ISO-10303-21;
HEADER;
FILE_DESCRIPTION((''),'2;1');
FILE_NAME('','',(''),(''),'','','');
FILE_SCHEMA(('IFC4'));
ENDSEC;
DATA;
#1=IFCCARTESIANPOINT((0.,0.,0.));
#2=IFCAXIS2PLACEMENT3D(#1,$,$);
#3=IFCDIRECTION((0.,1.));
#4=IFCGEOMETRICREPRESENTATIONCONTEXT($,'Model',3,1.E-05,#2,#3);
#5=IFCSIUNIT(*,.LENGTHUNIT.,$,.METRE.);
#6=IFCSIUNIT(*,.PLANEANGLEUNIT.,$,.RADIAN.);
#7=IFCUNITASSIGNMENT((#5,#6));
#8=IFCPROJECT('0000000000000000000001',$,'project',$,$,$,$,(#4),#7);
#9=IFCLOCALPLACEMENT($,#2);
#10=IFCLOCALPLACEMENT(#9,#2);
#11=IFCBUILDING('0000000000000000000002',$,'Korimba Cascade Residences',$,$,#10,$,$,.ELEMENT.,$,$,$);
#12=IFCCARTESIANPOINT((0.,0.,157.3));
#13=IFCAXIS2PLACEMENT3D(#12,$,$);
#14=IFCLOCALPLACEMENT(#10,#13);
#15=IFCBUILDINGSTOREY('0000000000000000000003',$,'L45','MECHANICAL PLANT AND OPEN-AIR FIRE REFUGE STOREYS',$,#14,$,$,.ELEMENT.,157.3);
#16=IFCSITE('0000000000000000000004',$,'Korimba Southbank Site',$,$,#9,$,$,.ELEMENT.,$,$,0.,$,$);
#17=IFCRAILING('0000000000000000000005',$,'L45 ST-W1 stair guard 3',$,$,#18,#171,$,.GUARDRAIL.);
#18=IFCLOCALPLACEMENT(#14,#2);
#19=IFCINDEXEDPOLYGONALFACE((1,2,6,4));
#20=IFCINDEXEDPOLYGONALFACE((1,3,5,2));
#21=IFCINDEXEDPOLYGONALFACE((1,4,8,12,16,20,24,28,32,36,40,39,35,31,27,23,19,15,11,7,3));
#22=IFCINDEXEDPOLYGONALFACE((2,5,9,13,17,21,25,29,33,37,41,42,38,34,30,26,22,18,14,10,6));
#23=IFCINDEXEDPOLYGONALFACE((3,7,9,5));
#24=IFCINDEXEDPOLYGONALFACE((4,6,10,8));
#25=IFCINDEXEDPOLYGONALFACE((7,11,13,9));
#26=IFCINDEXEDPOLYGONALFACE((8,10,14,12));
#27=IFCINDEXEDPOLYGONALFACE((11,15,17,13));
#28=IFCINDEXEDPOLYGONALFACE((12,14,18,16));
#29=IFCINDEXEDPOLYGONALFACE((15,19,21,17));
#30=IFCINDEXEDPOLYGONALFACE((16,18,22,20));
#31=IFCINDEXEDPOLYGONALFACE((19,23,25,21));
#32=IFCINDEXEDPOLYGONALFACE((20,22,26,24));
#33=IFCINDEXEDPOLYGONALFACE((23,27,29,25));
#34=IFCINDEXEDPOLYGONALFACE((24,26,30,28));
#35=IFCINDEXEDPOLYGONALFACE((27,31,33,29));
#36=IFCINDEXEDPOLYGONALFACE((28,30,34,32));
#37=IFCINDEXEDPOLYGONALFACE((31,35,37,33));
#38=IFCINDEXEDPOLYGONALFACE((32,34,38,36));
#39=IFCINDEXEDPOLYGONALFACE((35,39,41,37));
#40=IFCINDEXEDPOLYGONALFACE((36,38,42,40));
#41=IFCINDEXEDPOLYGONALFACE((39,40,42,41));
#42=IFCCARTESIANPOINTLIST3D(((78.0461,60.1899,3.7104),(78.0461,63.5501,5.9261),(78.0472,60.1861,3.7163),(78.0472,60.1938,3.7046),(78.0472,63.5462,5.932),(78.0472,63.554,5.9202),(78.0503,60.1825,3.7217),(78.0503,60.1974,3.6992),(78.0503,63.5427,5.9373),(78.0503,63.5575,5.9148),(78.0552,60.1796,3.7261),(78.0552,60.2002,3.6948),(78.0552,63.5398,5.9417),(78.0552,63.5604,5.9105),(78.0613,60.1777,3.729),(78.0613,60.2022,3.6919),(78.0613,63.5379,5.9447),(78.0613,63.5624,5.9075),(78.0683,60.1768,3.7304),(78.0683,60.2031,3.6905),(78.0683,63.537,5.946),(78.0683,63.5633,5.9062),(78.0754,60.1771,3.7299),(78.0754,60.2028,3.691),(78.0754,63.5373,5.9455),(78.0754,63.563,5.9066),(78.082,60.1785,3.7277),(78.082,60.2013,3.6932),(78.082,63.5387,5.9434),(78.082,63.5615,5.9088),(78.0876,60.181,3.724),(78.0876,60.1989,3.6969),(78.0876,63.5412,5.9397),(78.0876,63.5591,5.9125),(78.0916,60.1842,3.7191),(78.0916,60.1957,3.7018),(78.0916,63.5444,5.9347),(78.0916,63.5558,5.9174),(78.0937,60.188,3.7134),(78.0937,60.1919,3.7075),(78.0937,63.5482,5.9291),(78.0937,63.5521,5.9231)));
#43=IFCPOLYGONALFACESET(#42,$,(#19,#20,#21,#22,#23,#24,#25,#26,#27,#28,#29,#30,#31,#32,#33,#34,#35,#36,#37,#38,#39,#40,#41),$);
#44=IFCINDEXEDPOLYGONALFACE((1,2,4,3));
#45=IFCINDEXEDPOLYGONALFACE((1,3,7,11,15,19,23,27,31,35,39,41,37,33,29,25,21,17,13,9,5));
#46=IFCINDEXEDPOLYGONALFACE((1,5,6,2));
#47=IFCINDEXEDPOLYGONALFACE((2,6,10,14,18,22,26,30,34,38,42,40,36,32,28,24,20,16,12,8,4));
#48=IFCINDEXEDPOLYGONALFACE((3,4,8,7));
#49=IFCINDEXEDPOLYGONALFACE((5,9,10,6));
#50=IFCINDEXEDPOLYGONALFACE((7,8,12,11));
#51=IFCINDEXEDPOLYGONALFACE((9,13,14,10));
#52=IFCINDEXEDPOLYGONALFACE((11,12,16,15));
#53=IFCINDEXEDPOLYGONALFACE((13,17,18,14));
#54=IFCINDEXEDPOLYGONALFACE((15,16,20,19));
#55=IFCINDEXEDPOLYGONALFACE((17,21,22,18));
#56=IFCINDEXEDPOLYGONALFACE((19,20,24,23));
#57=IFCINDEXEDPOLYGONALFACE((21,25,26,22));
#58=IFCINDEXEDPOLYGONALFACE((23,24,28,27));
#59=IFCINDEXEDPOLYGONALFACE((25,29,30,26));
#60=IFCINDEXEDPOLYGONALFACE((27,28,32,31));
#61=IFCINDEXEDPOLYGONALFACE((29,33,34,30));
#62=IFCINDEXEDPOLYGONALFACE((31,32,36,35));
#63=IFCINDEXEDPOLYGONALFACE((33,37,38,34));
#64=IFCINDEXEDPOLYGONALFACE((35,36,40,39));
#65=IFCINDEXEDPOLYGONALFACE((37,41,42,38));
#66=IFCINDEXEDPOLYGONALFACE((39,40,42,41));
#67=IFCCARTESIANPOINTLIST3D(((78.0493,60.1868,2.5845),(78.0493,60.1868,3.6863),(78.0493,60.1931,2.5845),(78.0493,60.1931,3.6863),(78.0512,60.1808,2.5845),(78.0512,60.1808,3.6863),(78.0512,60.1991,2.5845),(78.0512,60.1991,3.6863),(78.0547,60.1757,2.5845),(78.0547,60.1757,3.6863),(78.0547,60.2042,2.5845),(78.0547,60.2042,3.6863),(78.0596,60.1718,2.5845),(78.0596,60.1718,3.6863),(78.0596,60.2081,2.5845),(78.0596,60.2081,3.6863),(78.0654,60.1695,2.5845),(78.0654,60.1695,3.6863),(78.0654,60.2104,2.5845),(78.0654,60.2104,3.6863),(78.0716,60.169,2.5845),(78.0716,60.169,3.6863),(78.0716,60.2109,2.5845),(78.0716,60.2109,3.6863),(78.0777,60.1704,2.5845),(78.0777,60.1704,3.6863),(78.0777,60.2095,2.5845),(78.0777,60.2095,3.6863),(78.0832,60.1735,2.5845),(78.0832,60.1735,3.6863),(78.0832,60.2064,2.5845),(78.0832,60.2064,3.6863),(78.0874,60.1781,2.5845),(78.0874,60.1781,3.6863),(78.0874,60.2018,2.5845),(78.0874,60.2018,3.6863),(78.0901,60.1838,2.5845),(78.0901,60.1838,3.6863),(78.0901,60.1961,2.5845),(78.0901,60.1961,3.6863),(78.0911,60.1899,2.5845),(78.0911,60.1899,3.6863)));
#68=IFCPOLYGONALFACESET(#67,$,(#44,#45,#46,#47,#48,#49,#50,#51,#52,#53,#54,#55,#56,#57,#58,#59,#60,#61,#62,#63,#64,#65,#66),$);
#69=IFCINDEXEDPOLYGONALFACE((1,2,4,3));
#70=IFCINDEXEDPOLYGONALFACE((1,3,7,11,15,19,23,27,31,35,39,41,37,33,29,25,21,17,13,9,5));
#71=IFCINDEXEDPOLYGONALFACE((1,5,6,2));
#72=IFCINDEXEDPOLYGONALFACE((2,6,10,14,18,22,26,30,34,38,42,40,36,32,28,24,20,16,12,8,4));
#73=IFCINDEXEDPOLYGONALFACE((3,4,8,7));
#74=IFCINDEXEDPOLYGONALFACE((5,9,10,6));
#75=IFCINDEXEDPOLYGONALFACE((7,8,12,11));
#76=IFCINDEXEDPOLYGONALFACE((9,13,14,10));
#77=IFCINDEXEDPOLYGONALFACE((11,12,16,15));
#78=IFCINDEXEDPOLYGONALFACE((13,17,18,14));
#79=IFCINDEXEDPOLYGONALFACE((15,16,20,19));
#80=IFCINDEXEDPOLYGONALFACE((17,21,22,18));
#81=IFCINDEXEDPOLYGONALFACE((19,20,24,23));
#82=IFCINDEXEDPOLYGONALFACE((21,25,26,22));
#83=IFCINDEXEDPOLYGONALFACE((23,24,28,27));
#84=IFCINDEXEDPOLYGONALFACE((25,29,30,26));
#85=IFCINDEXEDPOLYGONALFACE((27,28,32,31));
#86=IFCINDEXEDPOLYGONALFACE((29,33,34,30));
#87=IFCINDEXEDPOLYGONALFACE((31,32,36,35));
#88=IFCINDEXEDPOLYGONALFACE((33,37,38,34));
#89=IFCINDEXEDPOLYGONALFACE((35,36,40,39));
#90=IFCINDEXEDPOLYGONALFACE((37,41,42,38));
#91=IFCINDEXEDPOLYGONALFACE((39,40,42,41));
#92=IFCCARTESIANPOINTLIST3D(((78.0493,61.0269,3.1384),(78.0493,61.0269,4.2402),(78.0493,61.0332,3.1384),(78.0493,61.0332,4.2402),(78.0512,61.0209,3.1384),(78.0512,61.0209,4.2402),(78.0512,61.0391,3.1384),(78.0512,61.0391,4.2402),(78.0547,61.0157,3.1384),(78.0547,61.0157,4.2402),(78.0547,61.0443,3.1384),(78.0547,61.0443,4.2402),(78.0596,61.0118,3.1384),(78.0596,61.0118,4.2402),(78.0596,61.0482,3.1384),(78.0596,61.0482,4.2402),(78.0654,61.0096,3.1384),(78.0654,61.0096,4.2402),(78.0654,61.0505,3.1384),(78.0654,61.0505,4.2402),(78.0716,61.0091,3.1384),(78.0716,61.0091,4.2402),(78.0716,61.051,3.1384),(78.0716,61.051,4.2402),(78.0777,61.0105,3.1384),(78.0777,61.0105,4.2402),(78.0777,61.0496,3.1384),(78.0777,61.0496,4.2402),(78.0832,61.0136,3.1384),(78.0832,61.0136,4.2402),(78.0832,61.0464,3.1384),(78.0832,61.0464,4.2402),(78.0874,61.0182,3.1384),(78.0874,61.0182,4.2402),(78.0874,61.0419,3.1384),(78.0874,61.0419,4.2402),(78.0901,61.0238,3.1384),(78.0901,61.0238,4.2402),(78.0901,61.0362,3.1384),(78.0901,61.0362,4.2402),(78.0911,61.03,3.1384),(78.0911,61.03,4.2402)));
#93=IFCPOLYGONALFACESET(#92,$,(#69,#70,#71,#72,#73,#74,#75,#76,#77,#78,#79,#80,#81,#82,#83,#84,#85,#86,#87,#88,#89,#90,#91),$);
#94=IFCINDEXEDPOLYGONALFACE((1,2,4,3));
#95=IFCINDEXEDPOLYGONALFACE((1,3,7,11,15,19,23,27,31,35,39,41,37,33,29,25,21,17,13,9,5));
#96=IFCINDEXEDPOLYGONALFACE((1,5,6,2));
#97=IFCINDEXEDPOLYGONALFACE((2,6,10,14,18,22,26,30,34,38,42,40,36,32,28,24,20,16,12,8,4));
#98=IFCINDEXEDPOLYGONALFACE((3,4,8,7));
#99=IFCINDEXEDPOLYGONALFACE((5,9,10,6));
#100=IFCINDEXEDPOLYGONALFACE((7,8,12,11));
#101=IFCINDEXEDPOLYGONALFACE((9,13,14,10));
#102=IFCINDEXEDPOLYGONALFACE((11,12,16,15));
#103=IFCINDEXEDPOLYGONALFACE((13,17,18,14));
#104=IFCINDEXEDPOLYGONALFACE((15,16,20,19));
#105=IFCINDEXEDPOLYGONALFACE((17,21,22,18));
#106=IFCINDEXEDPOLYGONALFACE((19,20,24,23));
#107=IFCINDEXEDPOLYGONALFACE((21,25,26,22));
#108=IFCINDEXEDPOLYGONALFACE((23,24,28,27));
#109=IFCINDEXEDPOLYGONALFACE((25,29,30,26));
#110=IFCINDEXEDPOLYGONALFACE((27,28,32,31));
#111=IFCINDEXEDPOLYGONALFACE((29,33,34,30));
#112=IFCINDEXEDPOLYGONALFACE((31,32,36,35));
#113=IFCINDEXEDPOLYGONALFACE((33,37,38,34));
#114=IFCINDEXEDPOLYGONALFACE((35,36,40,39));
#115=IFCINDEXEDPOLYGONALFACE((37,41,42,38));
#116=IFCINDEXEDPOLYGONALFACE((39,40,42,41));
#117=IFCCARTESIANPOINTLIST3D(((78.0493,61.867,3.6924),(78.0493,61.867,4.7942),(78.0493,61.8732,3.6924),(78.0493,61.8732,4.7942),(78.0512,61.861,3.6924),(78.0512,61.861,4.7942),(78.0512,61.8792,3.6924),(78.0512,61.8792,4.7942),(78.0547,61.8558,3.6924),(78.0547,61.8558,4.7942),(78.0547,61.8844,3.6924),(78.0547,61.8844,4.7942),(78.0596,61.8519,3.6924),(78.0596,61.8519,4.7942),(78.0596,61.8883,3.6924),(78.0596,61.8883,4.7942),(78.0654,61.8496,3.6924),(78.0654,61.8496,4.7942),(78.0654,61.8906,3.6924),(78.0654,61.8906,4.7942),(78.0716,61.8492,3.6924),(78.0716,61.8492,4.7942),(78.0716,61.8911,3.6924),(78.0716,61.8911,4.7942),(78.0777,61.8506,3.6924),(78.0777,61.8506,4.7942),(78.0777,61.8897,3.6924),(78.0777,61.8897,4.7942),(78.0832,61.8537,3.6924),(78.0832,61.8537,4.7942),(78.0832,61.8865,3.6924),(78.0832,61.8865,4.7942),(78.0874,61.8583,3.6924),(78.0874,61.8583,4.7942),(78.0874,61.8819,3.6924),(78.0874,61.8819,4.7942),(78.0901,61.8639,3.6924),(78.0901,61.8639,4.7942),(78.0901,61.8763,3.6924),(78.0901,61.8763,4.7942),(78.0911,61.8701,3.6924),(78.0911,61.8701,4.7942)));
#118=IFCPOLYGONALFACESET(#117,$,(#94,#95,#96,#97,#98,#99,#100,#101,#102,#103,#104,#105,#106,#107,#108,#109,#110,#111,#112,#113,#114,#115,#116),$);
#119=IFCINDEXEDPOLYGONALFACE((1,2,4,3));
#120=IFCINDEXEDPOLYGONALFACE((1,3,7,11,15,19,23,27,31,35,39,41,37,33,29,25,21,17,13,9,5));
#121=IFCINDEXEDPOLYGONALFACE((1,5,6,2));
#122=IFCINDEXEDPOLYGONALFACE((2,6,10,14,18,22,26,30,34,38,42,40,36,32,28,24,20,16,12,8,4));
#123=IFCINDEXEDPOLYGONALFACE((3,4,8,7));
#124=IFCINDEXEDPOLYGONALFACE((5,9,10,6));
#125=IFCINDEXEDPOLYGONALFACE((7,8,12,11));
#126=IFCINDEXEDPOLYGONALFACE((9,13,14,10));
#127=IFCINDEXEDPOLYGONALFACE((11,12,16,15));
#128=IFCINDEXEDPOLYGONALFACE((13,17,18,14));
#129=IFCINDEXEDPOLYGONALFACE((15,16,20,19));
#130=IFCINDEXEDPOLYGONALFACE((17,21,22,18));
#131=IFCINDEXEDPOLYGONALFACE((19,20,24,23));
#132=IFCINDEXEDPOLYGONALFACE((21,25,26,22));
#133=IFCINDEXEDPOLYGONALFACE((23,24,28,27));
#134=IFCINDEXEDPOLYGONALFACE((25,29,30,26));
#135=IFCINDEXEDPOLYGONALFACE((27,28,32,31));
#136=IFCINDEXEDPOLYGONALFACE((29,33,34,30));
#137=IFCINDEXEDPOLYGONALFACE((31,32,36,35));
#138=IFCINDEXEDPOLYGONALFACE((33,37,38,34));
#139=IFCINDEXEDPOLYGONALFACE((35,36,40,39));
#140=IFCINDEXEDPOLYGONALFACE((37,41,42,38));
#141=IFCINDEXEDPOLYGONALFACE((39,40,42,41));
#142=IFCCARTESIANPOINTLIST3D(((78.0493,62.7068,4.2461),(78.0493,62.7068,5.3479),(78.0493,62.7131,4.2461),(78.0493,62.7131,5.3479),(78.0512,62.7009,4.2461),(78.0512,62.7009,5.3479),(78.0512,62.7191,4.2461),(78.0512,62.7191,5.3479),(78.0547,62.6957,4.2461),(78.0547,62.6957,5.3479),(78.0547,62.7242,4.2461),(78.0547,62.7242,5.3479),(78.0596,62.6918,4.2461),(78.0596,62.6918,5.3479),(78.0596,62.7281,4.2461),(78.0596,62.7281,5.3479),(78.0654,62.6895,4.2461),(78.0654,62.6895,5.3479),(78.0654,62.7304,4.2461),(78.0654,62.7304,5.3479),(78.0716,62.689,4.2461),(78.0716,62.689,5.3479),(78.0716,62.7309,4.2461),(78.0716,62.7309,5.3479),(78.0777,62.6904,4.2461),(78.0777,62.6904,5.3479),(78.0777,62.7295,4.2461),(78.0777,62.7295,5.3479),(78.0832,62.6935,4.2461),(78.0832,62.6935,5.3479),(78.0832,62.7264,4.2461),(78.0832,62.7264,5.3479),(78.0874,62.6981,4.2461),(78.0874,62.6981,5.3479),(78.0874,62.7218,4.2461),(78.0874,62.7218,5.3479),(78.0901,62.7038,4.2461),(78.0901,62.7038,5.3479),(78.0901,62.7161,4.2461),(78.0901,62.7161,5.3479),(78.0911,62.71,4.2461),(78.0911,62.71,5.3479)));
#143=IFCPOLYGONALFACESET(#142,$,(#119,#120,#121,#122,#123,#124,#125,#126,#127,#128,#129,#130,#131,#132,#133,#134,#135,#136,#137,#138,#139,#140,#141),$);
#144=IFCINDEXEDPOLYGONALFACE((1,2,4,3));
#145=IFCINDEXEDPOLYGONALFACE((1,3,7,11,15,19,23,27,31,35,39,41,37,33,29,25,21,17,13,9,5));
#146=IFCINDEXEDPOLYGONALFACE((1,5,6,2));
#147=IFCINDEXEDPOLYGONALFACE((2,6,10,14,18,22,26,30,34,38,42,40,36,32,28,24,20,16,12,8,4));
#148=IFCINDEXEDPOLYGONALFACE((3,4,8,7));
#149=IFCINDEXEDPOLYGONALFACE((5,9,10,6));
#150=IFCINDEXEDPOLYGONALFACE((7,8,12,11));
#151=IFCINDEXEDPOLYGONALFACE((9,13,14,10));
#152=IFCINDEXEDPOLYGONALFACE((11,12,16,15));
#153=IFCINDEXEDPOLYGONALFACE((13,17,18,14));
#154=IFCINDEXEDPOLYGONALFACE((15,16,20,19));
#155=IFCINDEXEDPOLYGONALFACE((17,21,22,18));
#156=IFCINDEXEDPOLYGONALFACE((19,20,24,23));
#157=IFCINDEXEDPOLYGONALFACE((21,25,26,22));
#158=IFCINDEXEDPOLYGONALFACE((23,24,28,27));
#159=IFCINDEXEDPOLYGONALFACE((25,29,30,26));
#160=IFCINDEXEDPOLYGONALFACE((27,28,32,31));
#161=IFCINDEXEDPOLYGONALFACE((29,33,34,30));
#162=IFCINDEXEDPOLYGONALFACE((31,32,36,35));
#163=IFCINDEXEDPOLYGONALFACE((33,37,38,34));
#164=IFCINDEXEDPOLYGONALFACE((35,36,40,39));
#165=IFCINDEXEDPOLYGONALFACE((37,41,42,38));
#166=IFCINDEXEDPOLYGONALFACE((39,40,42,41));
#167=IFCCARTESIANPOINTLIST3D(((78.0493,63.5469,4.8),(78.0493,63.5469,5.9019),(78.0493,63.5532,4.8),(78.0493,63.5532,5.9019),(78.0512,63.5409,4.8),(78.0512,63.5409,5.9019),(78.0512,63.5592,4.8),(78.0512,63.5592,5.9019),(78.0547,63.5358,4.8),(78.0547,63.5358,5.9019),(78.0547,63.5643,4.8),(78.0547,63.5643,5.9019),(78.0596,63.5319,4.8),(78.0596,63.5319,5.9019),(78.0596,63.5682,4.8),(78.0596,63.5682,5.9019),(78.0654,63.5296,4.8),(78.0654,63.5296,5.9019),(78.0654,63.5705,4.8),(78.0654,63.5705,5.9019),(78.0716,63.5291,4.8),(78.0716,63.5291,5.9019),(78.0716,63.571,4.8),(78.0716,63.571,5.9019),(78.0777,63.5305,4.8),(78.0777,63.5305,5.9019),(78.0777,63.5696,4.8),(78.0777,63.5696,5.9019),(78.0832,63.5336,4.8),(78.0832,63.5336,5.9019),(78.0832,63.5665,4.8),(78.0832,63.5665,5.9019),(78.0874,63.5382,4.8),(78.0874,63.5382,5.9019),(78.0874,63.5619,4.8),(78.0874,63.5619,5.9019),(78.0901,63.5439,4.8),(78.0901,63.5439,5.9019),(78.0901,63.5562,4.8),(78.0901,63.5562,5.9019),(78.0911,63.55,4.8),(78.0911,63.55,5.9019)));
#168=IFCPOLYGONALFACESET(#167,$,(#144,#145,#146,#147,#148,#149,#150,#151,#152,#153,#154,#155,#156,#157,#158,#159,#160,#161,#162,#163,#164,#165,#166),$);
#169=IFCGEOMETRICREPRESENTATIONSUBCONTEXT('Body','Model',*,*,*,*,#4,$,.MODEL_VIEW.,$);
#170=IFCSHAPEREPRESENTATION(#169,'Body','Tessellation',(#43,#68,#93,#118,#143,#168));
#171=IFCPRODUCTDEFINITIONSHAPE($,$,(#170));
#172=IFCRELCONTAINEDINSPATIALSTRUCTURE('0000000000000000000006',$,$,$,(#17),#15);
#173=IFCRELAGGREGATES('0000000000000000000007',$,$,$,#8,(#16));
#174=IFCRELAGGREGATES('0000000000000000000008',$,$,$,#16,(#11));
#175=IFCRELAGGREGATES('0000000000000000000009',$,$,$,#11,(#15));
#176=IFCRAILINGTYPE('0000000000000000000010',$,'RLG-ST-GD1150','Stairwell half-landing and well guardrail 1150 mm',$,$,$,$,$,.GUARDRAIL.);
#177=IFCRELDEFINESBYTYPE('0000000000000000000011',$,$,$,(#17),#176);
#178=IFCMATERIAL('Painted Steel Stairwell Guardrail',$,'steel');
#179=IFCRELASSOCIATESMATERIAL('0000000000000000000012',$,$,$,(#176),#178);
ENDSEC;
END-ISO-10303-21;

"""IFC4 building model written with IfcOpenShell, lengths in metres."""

from ifc_helpers import new_model, si_unit, direction, frame, origin, origin_2d, place, context, subcontext, project, spatial, circle, extrude, material, type_object, element, save


model = new_model("IFC4")

# Units and contexts
model_context = context("Model", 3, precision=1e-05, world=origin(), true_north=direction((0.0, 1.0)))
body_context = subcontext(model_context, "Body", "Model", "MODEL_VIEW")
ifc_project = project(units=[si_unit("LENGTHUNIT", "METRE"), si_unit("PLANEANGLEUNIT", "RADIAN")], contexts=[model_context])

# Site, building, storey
site_placement = place(None, origin())
site = spatial("IfcSite", under=ifc_project, at=site_placement, Name="Korimba Southbank Site", CompositionType="ELEMENT", RefElevation=0.0)
building_placement = place(site_placement, origin())
building = spatial("IfcBuilding", under=site, at=building_placement, Name="Korimba Cascade Residences", CompositionType="ELEMENT")
storey_placement = place(building_placement, frame((0.0, 0.0, 157.3)))
storey = spatial("IfcBuildingStorey", under=building, at=storey_placement, Name="L45", Description="MECHANICAL PLANT AND OPEN-AIR FIRE REFUGE STOREYS", CompositionType="ELEMENT", Elevation=157.3)

# Railing
ifc_material_1 = material(Name="Painted Steel Stairwell Guardrail", Category="steel")
railing_type_1 = type_object("IfcRailingType", Name="RLG-ST-GD1150", Description="Stairwell half-landing and well guardrail 1150 mm", PredefinedType="GUARDRAIL", material=ifc_material_1)
railing_1_placement = place(storey_placement, frame((78.0701, 60.1899, 2.5845)))
element("IfcRailing", 1, at=railing_1_placement, inside=storey, type_object=railing_type_1, Name="L45 ST-W1 stair guard 3", PredefinedType="GUARDRAIL", context=body_context, shape_type="SweptSolid", body=[
    extrude(circle(Radius=0.0239, at=origin_2d()), frame((0.0, 0.0, 1.126), z_axis=(0.0, 0.834849, 0.55048), x_axis=(-1.0, 0.0, 0.0)), (0.0, 0.0, 1.0), 4.0249),
    extrude(circle(Radius=0.021, at=origin_2d()), origin(), (0.0, 0.0, 1.0), 1.1018),
    extrude(circle(Radius=0.021, at=origin_2d()), frame((0.0, 0.8401, 0.554)), (0.0, 0.0, 1.0), 1.1018),
    extrude(circle(Radius=0.021, at=origin_2d()), frame((0.0, 1.6802, 1.1079)), (0.0, 0.0, 1.0), 1.1018),
    extrude(circle(Radius=0.021, at=origin_2d()), frame((0.0, 2.52, 1.6616)), (0.0, 0.0, 1.0), 1.1018),
    extrude(circle(Radius=0.021, at=origin_2d()), frame((0.0, 3.3601, 2.2156)), (0.0, 0.0, 1.0), 1.1018),
])

save(model, "model.ifc")
